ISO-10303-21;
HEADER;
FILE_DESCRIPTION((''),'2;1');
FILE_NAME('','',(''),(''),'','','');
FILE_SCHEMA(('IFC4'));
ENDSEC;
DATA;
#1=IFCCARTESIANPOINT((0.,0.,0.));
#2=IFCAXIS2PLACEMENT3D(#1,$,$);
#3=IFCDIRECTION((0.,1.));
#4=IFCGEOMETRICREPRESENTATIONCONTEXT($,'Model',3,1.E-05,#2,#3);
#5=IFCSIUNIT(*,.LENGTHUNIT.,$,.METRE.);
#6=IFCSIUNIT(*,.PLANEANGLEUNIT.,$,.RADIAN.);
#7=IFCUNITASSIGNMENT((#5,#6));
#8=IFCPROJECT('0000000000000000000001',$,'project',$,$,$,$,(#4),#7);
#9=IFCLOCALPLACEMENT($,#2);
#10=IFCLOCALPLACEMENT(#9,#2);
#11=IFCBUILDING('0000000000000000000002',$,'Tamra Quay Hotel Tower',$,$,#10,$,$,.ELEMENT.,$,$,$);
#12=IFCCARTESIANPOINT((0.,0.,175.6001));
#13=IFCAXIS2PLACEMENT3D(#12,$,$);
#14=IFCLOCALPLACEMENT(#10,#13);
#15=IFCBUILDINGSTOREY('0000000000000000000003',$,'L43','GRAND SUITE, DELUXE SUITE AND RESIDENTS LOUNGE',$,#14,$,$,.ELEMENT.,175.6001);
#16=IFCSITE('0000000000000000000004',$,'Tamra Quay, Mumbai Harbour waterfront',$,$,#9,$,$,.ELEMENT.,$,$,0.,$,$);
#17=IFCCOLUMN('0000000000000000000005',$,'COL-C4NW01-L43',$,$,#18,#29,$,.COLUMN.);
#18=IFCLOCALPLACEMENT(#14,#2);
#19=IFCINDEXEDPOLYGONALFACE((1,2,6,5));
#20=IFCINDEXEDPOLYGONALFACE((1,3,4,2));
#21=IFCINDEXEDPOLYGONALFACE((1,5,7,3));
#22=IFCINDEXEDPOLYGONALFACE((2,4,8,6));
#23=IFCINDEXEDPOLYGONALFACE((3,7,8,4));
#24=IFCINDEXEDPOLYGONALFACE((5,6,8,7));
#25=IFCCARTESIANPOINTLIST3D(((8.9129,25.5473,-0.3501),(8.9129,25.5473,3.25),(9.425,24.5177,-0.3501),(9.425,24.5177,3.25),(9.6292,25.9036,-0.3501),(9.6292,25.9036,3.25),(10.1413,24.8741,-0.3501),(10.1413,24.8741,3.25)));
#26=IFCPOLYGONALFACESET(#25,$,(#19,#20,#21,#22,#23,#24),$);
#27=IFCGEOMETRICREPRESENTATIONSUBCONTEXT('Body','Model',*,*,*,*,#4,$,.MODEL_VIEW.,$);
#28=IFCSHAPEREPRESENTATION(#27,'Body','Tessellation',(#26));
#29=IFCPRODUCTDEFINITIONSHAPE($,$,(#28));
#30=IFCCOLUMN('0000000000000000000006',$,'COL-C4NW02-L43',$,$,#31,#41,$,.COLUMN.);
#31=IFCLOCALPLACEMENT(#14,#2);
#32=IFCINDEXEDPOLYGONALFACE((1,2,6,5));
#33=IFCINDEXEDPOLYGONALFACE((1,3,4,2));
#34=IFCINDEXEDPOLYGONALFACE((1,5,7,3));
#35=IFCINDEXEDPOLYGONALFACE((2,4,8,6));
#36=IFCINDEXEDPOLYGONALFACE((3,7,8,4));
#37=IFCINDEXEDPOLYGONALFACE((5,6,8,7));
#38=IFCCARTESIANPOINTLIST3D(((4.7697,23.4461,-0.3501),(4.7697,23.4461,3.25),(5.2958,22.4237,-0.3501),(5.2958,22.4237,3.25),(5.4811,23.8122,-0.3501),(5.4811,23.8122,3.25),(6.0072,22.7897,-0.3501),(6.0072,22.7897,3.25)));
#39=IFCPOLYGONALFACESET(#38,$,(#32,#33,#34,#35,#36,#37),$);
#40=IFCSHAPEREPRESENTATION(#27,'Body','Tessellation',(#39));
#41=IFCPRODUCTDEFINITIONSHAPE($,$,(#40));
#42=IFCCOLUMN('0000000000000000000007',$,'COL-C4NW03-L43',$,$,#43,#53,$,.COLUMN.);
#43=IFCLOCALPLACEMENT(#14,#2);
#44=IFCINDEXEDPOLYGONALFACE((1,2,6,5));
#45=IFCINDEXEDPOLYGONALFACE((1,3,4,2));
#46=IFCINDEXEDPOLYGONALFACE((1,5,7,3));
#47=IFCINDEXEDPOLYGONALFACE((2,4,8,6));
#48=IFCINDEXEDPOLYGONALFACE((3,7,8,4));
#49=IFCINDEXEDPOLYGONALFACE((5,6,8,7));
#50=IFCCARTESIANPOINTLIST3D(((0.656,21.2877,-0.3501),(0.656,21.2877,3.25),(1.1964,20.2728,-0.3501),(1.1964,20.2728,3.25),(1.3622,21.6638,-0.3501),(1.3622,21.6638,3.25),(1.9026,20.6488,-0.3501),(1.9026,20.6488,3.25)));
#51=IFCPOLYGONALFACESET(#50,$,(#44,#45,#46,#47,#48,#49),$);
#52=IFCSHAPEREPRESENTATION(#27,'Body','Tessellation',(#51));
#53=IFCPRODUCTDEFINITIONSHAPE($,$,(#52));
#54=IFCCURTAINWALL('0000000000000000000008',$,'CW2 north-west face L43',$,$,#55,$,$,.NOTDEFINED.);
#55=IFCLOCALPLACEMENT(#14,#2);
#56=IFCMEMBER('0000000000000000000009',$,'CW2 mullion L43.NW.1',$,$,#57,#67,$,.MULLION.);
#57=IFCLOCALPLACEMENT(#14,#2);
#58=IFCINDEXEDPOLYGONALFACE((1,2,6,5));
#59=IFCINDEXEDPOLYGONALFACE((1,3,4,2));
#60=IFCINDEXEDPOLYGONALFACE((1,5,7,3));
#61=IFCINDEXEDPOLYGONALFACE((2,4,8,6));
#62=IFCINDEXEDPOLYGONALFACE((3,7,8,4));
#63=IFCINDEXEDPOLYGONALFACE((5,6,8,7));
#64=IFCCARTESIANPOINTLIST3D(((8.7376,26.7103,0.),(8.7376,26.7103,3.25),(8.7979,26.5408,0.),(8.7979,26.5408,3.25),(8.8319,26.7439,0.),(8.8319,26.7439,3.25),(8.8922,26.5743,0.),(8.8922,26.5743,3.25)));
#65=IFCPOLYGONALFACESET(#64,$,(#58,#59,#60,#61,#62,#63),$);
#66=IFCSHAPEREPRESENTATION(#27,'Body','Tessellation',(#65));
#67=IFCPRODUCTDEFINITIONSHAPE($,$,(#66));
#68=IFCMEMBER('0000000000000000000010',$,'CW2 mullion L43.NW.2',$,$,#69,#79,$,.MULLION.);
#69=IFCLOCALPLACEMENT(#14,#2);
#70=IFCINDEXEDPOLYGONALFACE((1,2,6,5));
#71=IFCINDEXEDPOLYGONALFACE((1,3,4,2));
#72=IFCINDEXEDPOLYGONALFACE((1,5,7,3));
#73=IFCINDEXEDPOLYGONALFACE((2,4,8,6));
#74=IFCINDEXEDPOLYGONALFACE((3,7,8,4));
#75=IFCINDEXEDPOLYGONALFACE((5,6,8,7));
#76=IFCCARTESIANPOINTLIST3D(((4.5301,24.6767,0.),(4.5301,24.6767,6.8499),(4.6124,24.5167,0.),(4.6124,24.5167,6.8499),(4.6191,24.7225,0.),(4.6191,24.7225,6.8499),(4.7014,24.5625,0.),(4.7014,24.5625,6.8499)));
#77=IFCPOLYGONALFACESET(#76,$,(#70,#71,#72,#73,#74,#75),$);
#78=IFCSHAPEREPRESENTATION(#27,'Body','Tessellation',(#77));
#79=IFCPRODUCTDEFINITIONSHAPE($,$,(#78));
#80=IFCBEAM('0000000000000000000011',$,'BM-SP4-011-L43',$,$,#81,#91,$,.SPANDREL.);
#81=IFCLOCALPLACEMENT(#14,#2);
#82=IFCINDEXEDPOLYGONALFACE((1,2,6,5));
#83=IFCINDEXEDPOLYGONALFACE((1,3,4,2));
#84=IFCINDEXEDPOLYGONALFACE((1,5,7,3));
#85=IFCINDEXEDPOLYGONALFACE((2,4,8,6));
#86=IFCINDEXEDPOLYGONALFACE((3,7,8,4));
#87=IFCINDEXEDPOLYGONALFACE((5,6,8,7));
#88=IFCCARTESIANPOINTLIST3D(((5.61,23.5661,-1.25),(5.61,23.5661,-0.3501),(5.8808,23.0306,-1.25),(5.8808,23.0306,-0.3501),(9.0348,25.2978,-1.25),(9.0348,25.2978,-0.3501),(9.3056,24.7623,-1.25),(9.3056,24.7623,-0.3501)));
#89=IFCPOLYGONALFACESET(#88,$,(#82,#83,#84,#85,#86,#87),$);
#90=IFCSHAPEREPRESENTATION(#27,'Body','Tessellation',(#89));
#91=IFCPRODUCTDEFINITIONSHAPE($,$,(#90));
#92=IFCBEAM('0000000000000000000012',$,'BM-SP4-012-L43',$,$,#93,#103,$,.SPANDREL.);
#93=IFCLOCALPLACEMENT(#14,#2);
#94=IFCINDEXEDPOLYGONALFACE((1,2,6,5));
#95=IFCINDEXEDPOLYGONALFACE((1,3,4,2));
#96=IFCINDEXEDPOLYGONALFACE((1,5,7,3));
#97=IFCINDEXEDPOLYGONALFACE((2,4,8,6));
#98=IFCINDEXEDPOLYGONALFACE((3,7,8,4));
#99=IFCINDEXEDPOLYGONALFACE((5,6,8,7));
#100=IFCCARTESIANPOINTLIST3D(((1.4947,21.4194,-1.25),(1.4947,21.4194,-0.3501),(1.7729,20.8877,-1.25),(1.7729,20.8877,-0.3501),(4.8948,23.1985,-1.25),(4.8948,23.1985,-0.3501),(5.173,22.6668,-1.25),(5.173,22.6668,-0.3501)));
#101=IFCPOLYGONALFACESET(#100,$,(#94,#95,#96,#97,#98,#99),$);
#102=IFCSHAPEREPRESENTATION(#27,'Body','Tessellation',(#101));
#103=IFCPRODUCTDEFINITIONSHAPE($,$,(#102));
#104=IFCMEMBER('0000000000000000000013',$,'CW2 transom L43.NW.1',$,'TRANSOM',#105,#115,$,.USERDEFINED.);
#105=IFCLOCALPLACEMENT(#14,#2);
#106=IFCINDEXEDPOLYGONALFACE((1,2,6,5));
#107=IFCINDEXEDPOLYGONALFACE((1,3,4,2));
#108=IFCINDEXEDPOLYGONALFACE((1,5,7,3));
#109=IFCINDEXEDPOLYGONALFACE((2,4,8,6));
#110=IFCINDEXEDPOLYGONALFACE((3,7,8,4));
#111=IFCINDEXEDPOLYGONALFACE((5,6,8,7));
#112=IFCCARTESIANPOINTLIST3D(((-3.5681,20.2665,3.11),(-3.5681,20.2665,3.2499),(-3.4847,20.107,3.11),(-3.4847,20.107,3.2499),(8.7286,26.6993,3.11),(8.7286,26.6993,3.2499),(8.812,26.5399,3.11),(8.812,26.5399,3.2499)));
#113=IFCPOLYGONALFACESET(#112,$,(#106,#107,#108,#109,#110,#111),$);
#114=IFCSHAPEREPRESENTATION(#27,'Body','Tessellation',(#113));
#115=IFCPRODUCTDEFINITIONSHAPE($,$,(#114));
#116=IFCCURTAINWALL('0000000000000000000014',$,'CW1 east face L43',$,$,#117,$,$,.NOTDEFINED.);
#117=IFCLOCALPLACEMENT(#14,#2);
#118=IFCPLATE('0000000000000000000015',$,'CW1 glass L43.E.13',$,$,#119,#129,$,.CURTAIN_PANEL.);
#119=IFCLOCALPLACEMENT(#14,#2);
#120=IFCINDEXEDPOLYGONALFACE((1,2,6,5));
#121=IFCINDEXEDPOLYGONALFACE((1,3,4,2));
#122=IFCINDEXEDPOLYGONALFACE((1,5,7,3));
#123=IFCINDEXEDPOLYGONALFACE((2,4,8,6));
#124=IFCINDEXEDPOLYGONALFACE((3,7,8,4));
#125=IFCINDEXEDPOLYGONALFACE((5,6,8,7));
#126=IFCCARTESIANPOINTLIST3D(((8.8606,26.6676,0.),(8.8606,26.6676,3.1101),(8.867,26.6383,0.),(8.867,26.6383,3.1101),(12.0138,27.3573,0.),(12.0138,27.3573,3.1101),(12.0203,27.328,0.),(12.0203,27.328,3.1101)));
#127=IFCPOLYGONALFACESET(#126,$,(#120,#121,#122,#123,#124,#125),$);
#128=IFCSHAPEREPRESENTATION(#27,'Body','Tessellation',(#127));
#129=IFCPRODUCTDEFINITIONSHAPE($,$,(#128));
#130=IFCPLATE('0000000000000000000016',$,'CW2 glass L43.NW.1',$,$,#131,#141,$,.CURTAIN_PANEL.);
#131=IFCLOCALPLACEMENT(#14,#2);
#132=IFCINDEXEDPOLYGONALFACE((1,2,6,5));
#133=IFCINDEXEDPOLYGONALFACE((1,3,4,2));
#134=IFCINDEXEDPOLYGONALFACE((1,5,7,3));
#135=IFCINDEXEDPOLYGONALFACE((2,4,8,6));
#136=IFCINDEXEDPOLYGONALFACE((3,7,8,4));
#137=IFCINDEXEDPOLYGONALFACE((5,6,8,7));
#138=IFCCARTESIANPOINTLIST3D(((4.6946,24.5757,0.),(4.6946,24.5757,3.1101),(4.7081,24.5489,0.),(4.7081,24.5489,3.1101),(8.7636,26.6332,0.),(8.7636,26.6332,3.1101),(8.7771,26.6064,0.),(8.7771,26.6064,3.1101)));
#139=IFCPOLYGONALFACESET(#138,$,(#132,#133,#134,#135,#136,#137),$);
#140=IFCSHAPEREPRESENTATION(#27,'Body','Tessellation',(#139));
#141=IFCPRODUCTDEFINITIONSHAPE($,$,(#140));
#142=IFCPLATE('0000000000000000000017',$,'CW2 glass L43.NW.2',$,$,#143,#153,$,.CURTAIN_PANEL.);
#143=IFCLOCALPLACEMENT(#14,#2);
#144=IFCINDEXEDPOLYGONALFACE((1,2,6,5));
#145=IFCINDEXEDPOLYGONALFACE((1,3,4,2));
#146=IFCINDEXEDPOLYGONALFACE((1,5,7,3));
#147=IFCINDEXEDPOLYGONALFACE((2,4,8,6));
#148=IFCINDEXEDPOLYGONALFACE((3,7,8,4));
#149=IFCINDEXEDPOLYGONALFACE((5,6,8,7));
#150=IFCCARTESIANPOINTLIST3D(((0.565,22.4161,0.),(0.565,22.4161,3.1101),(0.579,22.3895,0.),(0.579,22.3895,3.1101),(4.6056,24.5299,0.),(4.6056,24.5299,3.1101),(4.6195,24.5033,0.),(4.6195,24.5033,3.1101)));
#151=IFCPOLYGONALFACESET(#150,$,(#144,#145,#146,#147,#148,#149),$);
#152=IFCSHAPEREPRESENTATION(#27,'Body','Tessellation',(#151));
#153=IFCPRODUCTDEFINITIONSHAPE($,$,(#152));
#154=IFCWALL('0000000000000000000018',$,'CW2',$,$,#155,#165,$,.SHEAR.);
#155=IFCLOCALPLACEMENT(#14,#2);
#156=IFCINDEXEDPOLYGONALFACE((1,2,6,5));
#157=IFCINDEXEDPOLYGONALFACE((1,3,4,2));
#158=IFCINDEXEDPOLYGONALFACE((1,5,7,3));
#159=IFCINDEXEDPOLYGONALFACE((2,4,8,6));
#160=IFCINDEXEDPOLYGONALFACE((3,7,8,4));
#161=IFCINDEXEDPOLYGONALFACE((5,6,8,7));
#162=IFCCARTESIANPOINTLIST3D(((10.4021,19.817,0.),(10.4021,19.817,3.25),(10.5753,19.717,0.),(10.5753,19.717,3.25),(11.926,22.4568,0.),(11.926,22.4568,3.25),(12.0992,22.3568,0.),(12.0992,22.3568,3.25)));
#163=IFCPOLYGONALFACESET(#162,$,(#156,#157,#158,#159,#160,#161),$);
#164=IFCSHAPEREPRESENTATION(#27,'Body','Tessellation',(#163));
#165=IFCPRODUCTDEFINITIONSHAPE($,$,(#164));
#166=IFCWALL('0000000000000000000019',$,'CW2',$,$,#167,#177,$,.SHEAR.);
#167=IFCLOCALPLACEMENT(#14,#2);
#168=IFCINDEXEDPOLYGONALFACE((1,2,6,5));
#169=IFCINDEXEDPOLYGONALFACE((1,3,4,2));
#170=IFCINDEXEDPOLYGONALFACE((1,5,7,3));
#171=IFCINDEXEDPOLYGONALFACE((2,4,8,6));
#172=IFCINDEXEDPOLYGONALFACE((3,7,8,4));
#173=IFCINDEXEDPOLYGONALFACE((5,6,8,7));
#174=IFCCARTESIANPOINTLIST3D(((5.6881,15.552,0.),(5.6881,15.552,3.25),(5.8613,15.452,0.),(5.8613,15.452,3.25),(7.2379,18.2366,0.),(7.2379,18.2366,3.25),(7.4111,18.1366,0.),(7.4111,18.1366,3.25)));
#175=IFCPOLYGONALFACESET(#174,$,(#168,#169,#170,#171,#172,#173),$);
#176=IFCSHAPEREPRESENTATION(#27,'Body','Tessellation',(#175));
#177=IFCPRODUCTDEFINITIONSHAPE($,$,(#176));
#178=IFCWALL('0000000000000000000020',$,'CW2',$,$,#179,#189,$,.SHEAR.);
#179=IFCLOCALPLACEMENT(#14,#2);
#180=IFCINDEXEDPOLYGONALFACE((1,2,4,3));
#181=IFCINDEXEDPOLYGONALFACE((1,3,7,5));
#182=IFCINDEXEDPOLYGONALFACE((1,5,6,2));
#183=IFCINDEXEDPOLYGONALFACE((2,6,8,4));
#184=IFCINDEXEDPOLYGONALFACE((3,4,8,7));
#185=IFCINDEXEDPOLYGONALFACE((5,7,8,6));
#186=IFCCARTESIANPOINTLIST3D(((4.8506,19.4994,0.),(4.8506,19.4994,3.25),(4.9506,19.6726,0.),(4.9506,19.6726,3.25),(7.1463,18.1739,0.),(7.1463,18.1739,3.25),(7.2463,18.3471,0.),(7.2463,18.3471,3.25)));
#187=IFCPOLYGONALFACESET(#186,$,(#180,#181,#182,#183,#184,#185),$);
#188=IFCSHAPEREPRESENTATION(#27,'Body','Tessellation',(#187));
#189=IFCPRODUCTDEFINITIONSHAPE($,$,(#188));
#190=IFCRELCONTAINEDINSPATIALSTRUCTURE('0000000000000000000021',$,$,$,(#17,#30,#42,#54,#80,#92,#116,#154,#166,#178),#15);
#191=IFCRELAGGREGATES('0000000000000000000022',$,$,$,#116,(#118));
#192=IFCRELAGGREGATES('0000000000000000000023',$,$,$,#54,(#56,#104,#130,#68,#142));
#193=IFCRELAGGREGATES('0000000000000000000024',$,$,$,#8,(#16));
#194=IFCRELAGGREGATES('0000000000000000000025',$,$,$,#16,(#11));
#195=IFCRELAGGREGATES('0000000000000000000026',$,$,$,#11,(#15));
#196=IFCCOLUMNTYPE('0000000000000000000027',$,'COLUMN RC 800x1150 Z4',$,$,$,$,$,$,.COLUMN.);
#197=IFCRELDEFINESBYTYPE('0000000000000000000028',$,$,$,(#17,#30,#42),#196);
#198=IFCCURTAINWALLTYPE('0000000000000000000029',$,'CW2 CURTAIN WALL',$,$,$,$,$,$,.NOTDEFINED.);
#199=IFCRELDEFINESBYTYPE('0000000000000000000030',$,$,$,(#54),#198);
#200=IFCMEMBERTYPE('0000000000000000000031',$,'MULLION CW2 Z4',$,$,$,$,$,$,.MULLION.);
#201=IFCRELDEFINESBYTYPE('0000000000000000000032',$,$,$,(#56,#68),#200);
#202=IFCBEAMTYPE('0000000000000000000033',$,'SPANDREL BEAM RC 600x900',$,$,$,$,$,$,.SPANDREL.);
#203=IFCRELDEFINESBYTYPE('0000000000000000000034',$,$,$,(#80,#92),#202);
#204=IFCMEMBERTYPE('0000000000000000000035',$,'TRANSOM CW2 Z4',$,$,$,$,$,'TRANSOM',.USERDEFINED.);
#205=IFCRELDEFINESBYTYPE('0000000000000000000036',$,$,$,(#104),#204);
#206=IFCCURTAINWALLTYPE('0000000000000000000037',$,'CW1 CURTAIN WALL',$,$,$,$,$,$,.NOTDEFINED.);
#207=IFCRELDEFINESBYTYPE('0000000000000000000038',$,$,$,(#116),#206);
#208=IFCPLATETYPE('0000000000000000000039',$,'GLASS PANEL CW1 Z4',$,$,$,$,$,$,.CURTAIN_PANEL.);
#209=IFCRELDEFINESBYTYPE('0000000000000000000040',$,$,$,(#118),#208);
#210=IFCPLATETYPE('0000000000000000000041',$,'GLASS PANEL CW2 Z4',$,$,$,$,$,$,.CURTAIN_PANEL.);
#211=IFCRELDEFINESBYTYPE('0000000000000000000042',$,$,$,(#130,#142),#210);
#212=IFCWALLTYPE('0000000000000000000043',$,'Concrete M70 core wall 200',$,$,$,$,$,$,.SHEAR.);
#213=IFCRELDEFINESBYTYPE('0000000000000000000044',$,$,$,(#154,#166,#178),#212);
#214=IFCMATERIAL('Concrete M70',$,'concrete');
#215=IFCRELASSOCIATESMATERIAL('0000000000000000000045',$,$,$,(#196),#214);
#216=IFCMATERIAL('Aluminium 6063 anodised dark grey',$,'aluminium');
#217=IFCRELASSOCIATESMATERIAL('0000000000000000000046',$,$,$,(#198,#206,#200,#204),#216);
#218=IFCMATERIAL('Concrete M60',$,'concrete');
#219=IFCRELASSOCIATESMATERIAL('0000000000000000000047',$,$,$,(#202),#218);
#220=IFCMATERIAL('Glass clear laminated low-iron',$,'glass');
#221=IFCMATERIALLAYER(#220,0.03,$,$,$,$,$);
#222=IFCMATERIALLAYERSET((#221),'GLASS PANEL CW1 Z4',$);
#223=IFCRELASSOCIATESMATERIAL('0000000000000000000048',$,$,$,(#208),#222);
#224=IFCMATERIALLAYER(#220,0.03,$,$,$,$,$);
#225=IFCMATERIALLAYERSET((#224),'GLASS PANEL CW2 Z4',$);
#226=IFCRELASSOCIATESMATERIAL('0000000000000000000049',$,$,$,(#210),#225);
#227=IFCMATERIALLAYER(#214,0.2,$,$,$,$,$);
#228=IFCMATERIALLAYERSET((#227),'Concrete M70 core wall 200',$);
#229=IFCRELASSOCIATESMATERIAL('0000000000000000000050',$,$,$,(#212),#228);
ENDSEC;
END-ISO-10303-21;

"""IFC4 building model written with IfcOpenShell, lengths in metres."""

from ifc_helpers import new_model, si_unit, direction, frame, frame_2d, origin, origin_2d, place, context, subcontext, project, spatial, rectangle, extrude, material, layer, layer_set, material_profile, profile_set, type_object, element, aggregate, save


model = new_model("IFC4")

# Units and contexts
model_context = context("Model", 3, precision=1e-05, world=origin(), true_north=direction((0.0, 1.0)))
body_context = subcontext(model_context, "Body", "Model", "MODEL_VIEW")
ifc_project = project(units=[si_unit("LENGTHUNIT", "METRE"), si_unit("PLANEANGLEUNIT", "RADIAN")], contexts=[model_context])

# Site, building, storey
site_placement = place(None, origin())
site = spatial("IfcSite", under=ifc_project, at=site_placement, Name="Tamra Quay, Mumbai Harbour waterfront", CompositionType="ELEMENT", RefElevation=0.0)
building_placement = place(site_placement, origin())
building = spatial("IfcBuilding", under=site, at=building_placement, Name="Tamra Quay Hotel Tower", CompositionType="ELEMENT")
storey_placement = place(building_placement, frame((0.0, 0.0, 175.6001)))
storey = spatial("IfcBuildingStorey", under=building, at=storey_placement, Name="L43", Description="GRAND SUITE, DELUXE SUITE AND RESIDENTS LOUNGE", CompositionType="ELEMENT", Elevation=175.6001)

# Columns
ifc_material_1 = material(Name="Concrete M70", Category="concrete")
ifc_material_profile_1 = material_profile(ifc_material_1, rectangle(XDim=1.1499, YDim=0.8, at=origin_2d()), Name="COLUMN RC 800x1150 Z4")
ifc_profile_set_1 = profile_set([ifc_material_profile_1], Name="Concrete M70")
column_type = type_object("IfcColumnType", Name="COLUMN RC 800x1150 Z4", PredefinedType="COLUMN", material=ifc_profile_set_1)
for number, where, z_axis, x_axis, name in (
    (1, (9.5271, 25.2107, -0.3501), (0.0, 0.0, 1.0), (-0.445415, 0.895324, 0.0), "COL-C4NW01-L43"),
    (2, (5.3884, 23.1179, -0.3501), (0.0, 0.0, 1.0), (-0.457548, 0.889185, 0.0), "COL-C4NW02-L43"),
    (3, (1.2793, 20.9683, -0.3501), (0.0, 0.0, 1.0), (-0.470002, 0.882666, 0.0), "COL-C4NW03-L43"),
):
    element("IfcColumn", number, at=place(storey_placement, frame(where, z_axis=z_axis, x_axis=x_axis)), inside=storey, type_object=column_type, Name=name, PredefinedType="COLUMN", context=body_context, shape_type="SweptSolid", body=[
        extrude(rectangle(XDim=1.1499, YDim=0.8, at=origin_2d()), origin(), (0.0, 0.0, 1.0), 3.6001),
    ])

# Curtain wall, members
ifc_material_2 = material(Name="Aluminium 6063 anodised dark grey", Category="aluminium")
curtain_wall_type_1 = type_object("IfcCurtainWallType", Name="CW2 CURTAIN WALL", PredefinedType="NOTDEFINED", material=ifc_material_2)
curtain_wall_1_placement = place(storey_placement, origin())
curtain_wall_1 = element("IfcCurtainWall", 4, at=curtain_wall_1_placement, inside=storey, type_object=curtain_wall_type_1, Name="CW2 north-west face L43", PredefinedType="NOTDEFINED")
ifc_material_profile_2 = material_profile(ifc_material_2, rectangle(XDim=0.1799, YDim=0.1001, at=origin_2d()), Name="MULLION 100X180")
ifc_profile_set_2 = profile_set([ifc_material_profile_2], Name="Aluminium 6063 anodised dark grey")
member_type_1 = type_object("IfcMemberType", Name="MULLION CW2 Z4", PredefinedType="MULLION", material=ifc_profile_set_2)
member_1_placement = place(storey_placement, frame((8.8149, 26.6423, 0.0), z_axis=(0.0, 0.0, 1.0), x_axis=(-0.335128, 0.942173, 0.0)))
member_1 = element("IfcMember", 5, at=member_1_placement, type_object=member_type_1, Name="CW2 mullion L43.NW.1", PredefinedType="MULLION", context=body_context, shape_type="SweptSolid", body=[
    extrude(rectangle(XDim=0.1799, YDim=0.1001, at=origin_2d()), origin(), (0.0, 0.0, 1.0), 3.25),
])
member_2_placement = place(storey_placement, frame((4.6157, 24.6196, 0.0), z_axis=(0.0, 0.0, 1.0), x_axis=(-0.457401, 0.889261, 0.0)))
member_2 = element("IfcMember", 6, at=member_2_placement, type_object=member_type_1, Name="CW2 mullion L43.NW.2", PredefinedType="MULLION", context=body_context, shape_type="SweptSolid", body=[
    extrude(rectangle(XDim=0.1799, YDim=0.1001, at=origin_2d()), origin(), (0.0, 0.0, 1.0), 6.8499),
])

# Beams
ifc_material_3 = material(Name="Concrete M60", Category="concrete")
ifc_material_profile_3 = material_profile(ifc_material_3, rectangle(XDim=0.6001, YDim=0.8999, at=origin_2d()), Name="SPANDREL BEAM RC 600x900")
ifc_profile_set_3 = profile_set([ifc_material_profile_3], Name="Concrete M60")
beam_type = type_object("IfcBeamType", Name="SPANDREL BEAM RC 600x900", PredefinedType="SPANDREL", material=ifc_profile_set_3)
beam_1_placement = place(storey_placement, frame((9.1702, 25.03, -0.8), z_axis=(-0.892408, -0.45123, 0.0), x_axis=(0.45123, -0.892408, 0.0)))
element("IfcBeam", 7, at=beam_1_placement, inside=storey, type_object=beam_type, Name="BM-SP4-011-L43", PredefinedType="SPANDREL", context=body_context, shape_type="SweptSolid", body=[
    extrude(rectangle(XDim=0.6001, YDim=0.8999, at=origin_2d()), origin(), (0.0, 0.0, 1.0), 3.8376),
])
beam_2_placement = place(storey_placement, frame((5.0339, 22.9326, -0.8), z_axis=(-0.886043, -0.463603, 0.0), x_axis=(0.463603, -0.886043, 0.0)))
element("IfcBeam", 8, at=beam_2_placement, inside=storey, type_object=beam_type, Name="BM-SP4-012-L43", PredefinedType="SPANDREL", context=body_context, shape_type="SweptSolid", body=[
    extrude(rectangle(XDim=0.6001, YDim=0.8999, at=origin_2d()), origin(), (0.0, 0.0, 1.0), 3.8374),
])

# Member
ifc_material_profile_4 = material_profile(ifc_material_2, rectangle(XDim=0.1799, YDim=0.1399, at=origin_2d()), Name="TRANSOM 180X140")
ifc_profile_set_4 = profile_set([ifc_material_profile_4], Name="Aluminium 6063 anodised dark grey")
member_type_2 = type_object("IfcMemberType", Name="TRANSOM CW2 Z4", ElementType="TRANSOM", PredefinedType="USERDEFINED", material=ifc_profile_set_4)
member_3_placement = place(storey_placement, frame((8.7703, 26.6196, 3.1799), z_axis=(-0.886075, -0.463542, 0.0), x_axis=(0.463542, -0.886075, 0.0)))
member_3 = element("IfcMember", 9, at=member_3_placement, type_object=member_type_2, Name="CW2 transom L43.NW.1", ObjectType="TRANSOM", PredefinedType="USERDEFINED", context=body_context, shape_type="SweptSolid", body=[
    extrude(rectangle(XDim=0.1799, YDim=0.1399, at=origin_2d()), origin(), (0.0, 0.0, 1.0), 13.8777),
])

# Curtain wall, plate
curtain_wall_type_2 = type_object("IfcCurtainWallType", Name="CW1 CURTAIN WALL", PredefinedType="NOTDEFINED", material=ifc_material_2)
curtain_wall_2_placement = place(storey_placement, origin())
curtain_wall_2 = element("IfcCurtainWall", 10, at=curtain_wall_2_placement, inside=storey, type_object=curtain_wall_type_2, Name="CW1 east face L43", PredefinedType="NOTDEFINED")
ifc_material_4 = material(Name="Glass clear laminated low-iron", Category="glass")
ifc_layer_1 = layer(ifc_material_4, 0.03)
ifc_layer_set_1 = layer_set([ifc_layer_1], Name="GLASS PANEL CW1 Z4")
plate_type_1 = type_object("IfcPlateType", Name="GLASS PANEL CW1 Z4", PredefinedType="CURTAIN_PANEL", material=ifc_layer_set_1)
plate_1_placement = place(storey_placement, frame((10.4404, 26.9978, 0.0), z_axis=(0.0, 0.0, 1.0), x_axis=(-0.976906, -0.213669, 0.0)))
plate_1 = element("IfcPlate", 11, at=plate_1_placement, type_object=plate_type_1, Name="CW1 glass L43.E.13", PredefinedType="CURTAIN_PANEL", context=body_context, shape_type="SweptSolid", body=[
    extrude(rectangle(XDim=3.2278, YDim=0.03, at=origin_2d()), origin(), (0.0, 0.0, 1.0), 3.1101),
])
aggregate(curtain_wall_2, [plate_1])

# Plates
ifc_layer_2 = layer(ifc_material_4, 0.03)
ifc_layer_set_2 = layer_set([ifc_layer_2], Name="GLASS PANEL CW2 Z4")
plate_type_2 = type_object("IfcPlateType", Name="GLASS PANEL CW2 Z4", PredefinedType="CURTAIN_PANEL", material=ifc_layer_set_2)
plate_2_placement = place(storey_placement, frame((6.7358, 25.5911, 0.0), z_axis=(0.0, 0.0, 1.0), x_axis=(-0.892403, -0.451239, 0.0)))
plate_2 = element("IfcPlate", 12, at=plate_2_placement, type_object=plate_type_2, Name="CW2 glass L43.NW.1", PredefinedType="CURTAIN_PANEL", context=body_context, shape_type="SweptSolid", body=[
    extrude(rectangle(XDim=4.5596, YDim=0.03, at=origin_2d()), origin(), (0.0, 0.0, 1.0), 3.1101),
])
plate_3_placement = place(storey_placement, frame((2.5923, 23.4597, 0.0), z_axis=(0.0, 0.0, 1.0), x_axis=(-0.886076, -0.463541, 0.0)))
plate_3 = element("IfcPlate", 13, at=plate_3_placement, type_object=plate_type_2, Name="CW2 glass L43.NW.2", PredefinedType="CURTAIN_PANEL", context=body_context, shape_type="SweptSolid", body=[
    extrude(rectangle(XDim=4.5601, YDim=0.03, at=origin_2d()), origin(), (0.0, 0.0, 1.0), 3.1101),
])
aggregate(curtain_wall_1, [member_1, member_3, plate_2, member_2, plate_3])

# Walls
ifc_layer_3 = layer(ifc_material_1, 0.2)
ifc_layer_set_3 = layer_set([ifc_layer_3], Name="Concrete M70 core wall 200")
wall_type_1 = type_object("IfcWallType", Name="Concrete M70 core wall 200", PredefinedType="SHEAR", material=ifc_layer_set_3)
wall_1_placement = place(storey_placement, frame((10.4888, 19.7671, 0.0), z_axis=(0.0, 0.0, 1.0), x_axis=(0.499947, 0.866056, 0.0)))
element("IfcWall", 14, at=wall_1_placement, inside=storey, type_object=wall_type_1, Name="CW2", PredefinedType="SHEAR", context=body_context, shape_type="SweptSolid", body=[
    extrude(rectangle(XDim=3.0481, YDim=0.2, at=frame_2d((1.5239, 0.0))), origin(), (0.0, 0.0, 1.0), 3.25),
])
wall_2_placement = place(storey_placement, frame((7.3245, 18.1865, 0.0), z_axis=(0.0, 0.0, 1.0), x_axis=(-0.499968, -0.866044, 0.0)))
element("IfcWall", 15, at=wall_2_placement, inside=storey, type_object=wall_type_1, Name="CW2", PredefinedType="SHEAR", context=body_context, shape_type="SweptSolid", body=[
    extrude(rectangle(XDim=3.0999, YDim=0.2, at=frame_2d((1.5498, 0.0))), origin(), (0.0, 0.0, 1.0), 3.25),
])
wall_3_placement = place(storey_placement, frame((7.1963, 18.2605, 0.0), z_axis=(0.0, 0.0, 1.0), x_axis=(-0.866018, 0.500012, 0.0)))
element("IfcWall", 16, at=wall_3_placement, inside=storey, type_object=wall_type_1, Name="CW2", PredefinedType="SHEAR", context=body_context, shape_type="SweptSolid", body=[
    extrude(rectangle(XDim=2.6509, YDim=0.2, at=frame_2d((1.3254, 0.0))), origin(), (0.0, 0.0, 1.0), 3.25),
])

save(model, "model.ifc")
